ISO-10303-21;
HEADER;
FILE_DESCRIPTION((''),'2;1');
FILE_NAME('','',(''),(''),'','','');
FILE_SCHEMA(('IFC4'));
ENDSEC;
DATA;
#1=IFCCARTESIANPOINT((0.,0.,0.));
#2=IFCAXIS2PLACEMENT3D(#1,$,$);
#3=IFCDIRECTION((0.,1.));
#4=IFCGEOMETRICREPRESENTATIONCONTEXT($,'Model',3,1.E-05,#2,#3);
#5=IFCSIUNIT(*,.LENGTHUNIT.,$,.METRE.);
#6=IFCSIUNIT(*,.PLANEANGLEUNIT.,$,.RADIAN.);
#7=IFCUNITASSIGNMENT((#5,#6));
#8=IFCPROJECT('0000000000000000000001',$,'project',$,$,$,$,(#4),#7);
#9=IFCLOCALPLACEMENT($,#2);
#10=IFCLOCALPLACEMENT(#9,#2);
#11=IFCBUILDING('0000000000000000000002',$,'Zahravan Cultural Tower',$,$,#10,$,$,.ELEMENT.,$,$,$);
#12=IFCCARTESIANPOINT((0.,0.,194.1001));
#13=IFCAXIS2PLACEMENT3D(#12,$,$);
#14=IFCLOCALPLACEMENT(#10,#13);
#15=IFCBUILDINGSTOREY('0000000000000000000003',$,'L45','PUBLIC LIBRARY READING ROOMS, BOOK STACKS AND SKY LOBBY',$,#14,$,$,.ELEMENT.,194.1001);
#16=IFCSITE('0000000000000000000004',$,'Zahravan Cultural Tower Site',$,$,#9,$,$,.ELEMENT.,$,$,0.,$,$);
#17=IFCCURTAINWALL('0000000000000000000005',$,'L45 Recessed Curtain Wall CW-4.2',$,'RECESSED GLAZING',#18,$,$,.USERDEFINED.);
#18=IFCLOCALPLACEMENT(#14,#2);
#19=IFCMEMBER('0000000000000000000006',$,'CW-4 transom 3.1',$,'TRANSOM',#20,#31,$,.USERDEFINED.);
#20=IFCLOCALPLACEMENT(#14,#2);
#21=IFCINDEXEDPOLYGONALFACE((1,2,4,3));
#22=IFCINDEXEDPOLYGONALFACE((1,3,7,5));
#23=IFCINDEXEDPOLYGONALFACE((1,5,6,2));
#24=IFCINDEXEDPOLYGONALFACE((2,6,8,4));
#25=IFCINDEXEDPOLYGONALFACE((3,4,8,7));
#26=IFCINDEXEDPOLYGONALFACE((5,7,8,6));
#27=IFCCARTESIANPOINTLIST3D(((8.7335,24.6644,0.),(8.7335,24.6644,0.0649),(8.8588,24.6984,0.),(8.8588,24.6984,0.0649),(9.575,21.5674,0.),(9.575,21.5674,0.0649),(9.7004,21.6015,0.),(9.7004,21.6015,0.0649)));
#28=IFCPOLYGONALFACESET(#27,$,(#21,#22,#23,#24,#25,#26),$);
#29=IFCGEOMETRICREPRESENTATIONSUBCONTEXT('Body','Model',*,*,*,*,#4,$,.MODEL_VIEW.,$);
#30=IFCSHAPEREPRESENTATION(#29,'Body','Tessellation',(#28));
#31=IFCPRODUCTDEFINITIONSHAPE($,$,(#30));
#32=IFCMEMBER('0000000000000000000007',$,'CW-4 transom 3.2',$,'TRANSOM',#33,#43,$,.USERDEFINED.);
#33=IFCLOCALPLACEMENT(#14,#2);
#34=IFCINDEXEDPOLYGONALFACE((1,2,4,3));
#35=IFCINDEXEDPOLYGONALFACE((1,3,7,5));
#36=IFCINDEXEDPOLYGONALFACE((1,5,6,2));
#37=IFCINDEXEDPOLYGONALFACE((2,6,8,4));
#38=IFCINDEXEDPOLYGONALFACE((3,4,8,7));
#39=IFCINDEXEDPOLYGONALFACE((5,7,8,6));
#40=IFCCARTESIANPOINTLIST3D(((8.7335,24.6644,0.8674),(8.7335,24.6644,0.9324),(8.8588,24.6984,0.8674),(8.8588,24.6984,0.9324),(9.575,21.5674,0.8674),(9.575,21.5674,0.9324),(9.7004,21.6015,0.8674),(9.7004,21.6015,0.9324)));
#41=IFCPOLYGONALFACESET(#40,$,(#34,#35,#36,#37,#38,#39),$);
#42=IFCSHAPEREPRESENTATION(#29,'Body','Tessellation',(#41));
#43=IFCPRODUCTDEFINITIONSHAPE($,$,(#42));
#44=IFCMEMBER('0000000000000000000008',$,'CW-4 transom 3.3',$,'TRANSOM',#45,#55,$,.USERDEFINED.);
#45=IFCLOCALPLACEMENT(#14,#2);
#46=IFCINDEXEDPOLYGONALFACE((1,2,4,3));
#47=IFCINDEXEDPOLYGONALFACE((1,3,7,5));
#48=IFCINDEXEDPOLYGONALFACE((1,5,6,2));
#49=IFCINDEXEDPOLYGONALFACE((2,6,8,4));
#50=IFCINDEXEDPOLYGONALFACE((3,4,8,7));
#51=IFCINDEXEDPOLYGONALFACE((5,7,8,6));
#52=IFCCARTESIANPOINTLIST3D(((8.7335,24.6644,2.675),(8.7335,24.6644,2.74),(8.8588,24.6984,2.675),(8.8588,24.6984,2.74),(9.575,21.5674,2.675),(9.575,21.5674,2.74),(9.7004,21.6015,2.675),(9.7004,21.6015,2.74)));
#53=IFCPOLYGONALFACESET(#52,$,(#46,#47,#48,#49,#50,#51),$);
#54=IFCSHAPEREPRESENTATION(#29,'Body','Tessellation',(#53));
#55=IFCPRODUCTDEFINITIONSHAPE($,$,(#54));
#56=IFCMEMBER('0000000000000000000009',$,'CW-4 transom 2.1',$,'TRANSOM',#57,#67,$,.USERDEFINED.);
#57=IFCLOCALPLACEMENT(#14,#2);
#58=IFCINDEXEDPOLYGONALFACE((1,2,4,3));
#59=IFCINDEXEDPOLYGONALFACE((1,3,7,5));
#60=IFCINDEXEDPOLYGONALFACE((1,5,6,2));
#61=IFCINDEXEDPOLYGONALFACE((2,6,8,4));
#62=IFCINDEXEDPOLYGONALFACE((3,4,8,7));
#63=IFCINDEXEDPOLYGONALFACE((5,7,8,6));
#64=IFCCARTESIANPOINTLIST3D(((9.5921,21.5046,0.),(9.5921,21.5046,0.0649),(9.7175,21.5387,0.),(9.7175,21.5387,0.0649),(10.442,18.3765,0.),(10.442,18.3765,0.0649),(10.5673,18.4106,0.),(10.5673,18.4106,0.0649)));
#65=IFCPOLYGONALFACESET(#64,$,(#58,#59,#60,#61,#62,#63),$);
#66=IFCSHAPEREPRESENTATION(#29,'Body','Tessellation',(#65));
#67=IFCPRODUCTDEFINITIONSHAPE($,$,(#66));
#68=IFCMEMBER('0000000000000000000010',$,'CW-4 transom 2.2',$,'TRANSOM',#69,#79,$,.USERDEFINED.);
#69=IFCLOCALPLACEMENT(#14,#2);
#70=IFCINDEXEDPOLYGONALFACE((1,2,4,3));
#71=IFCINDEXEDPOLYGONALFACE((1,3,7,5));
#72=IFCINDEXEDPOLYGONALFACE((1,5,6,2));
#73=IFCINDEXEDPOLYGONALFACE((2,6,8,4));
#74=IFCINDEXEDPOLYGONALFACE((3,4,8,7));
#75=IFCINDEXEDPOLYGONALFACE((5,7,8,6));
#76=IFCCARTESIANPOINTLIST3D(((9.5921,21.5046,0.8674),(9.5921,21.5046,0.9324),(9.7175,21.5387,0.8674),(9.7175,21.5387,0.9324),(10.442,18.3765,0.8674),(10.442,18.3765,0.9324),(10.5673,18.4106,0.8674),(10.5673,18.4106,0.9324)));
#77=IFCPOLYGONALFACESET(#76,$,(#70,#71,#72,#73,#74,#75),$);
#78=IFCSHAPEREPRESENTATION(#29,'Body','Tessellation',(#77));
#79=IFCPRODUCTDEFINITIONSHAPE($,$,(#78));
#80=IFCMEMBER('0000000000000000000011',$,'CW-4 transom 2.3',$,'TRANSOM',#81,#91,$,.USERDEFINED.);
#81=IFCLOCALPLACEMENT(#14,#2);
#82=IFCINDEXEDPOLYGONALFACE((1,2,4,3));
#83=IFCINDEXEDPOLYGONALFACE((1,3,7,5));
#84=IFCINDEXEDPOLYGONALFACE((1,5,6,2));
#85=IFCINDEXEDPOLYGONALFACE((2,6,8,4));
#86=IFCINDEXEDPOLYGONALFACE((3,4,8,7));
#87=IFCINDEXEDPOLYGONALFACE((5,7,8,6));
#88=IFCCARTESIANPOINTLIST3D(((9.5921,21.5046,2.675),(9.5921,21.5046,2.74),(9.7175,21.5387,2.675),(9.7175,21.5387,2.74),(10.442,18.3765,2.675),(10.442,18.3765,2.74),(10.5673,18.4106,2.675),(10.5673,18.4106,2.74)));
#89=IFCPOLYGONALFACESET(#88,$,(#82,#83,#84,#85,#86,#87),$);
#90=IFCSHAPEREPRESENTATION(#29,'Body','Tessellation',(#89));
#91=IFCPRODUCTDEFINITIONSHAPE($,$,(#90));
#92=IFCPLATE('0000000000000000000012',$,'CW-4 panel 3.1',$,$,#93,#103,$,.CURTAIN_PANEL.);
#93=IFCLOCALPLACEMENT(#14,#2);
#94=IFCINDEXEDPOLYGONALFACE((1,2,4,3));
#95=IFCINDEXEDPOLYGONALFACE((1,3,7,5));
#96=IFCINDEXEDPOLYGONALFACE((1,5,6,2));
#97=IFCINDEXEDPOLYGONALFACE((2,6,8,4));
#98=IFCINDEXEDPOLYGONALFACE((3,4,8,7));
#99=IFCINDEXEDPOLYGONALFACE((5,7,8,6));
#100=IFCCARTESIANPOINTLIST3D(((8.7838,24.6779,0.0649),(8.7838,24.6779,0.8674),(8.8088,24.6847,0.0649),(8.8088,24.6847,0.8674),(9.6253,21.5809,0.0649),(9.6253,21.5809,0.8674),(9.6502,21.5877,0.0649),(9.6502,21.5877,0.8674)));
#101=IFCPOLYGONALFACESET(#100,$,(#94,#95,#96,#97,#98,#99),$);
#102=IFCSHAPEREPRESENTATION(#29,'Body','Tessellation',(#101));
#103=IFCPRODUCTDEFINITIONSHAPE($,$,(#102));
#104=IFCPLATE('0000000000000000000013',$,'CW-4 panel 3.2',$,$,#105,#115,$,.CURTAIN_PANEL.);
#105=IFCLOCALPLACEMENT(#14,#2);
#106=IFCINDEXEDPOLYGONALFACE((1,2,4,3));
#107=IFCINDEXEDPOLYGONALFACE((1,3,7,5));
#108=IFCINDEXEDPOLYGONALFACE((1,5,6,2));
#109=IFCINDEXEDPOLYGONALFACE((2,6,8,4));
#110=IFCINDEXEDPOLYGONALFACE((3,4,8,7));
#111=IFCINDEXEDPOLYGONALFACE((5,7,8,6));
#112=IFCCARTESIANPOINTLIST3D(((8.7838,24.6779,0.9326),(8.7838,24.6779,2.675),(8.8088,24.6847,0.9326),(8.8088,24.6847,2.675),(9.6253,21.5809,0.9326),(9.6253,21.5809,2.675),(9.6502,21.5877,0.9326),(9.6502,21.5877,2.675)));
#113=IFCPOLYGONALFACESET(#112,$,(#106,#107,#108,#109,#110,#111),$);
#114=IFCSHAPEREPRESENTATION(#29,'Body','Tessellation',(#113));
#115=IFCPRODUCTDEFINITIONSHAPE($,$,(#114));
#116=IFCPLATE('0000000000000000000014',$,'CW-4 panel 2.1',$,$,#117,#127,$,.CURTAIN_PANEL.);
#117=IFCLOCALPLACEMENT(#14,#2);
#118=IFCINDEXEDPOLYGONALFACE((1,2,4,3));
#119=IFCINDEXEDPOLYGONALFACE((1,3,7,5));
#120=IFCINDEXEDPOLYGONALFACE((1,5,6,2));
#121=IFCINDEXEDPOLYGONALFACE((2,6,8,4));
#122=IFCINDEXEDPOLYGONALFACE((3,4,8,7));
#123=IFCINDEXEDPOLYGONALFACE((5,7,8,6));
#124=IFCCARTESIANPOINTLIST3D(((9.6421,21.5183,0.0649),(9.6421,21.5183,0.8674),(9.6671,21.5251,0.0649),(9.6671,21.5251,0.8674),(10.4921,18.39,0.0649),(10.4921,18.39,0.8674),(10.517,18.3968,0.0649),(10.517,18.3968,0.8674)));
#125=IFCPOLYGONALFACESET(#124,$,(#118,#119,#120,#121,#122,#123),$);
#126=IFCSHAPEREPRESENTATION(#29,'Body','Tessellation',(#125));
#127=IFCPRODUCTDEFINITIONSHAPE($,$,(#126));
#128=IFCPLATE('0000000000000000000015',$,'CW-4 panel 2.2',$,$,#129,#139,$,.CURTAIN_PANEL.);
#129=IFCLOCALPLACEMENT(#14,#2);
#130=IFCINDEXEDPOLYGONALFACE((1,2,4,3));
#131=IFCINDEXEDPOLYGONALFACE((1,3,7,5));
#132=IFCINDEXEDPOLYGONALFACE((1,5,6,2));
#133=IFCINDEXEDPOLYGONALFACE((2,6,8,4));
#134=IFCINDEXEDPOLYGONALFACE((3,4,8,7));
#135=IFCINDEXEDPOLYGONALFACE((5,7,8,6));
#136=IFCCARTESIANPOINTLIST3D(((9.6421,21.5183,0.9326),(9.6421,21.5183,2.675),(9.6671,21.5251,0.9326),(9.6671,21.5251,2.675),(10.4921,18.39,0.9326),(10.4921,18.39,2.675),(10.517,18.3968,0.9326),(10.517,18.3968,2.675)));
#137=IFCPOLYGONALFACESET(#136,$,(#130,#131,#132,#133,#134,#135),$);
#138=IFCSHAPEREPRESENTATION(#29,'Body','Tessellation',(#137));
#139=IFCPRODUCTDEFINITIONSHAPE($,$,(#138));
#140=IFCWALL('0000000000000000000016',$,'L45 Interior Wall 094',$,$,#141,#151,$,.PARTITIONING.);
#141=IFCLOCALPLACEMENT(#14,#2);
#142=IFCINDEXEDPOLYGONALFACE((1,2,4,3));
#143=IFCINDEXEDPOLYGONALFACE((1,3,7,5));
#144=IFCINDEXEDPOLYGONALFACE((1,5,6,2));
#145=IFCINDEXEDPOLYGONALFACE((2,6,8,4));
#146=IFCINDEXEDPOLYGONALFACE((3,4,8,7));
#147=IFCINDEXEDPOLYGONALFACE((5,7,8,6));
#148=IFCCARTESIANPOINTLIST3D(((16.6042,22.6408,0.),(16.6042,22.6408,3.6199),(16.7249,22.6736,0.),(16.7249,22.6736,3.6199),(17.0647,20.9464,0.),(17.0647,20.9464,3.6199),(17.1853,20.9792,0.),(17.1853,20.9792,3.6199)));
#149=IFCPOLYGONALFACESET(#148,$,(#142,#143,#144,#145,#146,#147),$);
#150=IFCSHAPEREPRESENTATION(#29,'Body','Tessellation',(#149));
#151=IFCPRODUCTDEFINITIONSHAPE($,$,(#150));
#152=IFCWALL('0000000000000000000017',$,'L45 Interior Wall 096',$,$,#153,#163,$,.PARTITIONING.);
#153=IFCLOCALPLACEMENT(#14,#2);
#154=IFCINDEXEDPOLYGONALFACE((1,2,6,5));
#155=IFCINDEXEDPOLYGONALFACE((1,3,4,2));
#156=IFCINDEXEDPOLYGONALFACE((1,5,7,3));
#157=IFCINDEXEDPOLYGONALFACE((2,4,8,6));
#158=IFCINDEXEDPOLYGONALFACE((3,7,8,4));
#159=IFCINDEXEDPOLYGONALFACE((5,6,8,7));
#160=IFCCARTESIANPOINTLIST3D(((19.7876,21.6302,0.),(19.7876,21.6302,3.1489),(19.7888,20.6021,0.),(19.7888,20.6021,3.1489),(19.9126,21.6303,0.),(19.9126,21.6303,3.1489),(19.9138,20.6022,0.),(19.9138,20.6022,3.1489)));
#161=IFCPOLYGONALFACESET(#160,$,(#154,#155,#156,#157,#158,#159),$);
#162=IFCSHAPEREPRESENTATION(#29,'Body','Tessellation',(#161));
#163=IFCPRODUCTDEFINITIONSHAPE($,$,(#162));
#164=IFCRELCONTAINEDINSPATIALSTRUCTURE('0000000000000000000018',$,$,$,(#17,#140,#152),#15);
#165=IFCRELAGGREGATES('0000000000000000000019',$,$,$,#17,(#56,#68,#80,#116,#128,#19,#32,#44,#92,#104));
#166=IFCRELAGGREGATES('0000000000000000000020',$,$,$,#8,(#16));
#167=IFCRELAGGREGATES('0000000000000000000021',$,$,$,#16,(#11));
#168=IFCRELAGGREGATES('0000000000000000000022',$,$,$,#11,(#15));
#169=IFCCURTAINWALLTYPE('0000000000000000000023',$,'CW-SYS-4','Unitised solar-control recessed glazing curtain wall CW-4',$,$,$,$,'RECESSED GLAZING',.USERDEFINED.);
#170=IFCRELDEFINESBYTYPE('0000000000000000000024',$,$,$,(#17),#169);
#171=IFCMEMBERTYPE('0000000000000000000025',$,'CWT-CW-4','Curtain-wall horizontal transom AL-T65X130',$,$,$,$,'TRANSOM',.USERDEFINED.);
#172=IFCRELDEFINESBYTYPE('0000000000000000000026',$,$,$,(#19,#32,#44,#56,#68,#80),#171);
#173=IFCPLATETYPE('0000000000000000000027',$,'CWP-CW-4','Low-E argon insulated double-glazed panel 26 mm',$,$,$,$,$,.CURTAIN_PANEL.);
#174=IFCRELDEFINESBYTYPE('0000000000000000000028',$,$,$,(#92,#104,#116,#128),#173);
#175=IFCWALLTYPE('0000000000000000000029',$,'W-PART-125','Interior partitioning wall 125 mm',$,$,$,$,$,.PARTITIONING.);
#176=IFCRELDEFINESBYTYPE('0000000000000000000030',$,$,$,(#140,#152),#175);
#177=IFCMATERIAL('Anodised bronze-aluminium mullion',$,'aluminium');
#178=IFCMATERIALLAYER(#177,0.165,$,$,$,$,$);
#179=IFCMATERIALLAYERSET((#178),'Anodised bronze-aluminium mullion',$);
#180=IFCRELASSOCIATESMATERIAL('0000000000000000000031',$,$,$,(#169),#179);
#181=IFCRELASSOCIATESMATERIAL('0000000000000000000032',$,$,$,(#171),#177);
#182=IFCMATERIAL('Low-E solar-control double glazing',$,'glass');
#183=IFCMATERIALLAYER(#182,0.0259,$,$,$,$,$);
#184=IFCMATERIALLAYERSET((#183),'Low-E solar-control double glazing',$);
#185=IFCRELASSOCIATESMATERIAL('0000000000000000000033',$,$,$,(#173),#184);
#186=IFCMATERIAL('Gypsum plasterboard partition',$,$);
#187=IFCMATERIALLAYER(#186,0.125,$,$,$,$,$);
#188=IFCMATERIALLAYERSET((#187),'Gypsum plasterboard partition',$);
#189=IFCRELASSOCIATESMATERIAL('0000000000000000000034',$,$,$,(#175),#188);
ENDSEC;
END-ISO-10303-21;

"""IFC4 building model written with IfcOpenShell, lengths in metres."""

from ifc_helpers import new_model, si_unit, direction, frame, frame_2d, origin, origin_2d, place, context, subcontext, project, spatial, rectangle, extrude, source, transform, mapped, material, layer, layer_set, material_profile, profile_set, type_object, element, aggregate, save


model = new_model("IFC4")

# Units and contexts
model_context = context("Model", 3, precision=1e-05, world=origin(), true_north=direction((0.0, 1.0)))
body_context = subcontext(model_context, "Body", "Model", "MODEL_VIEW")
ifc_project = project(units=[si_unit("LENGTHUNIT", "METRE"), si_unit("PLANEANGLEUNIT", "RADIAN")], contexts=[model_context])

# Site, building, storey
site_placement = place(None, origin())
site = spatial("IfcSite", under=ifc_project, at=site_placement, Name="Zahravan Cultural Tower Site", CompositionType="ELEMENT", RefElevation=0.0)
building_placement = place(site_placement, origin())
building = spatial("IfcBuilding", under=site, at=building_placement, Name="Zahravan Cultural Tower", CompositionType="ELEMENT")
storey_placement = place(building_placement, frame((0.0, 0.0, 194.1001)))
storey = spatial("IfcBuildingStorey", under=building, at=storey_placement, Name="L45", Description="PUBLIC LIBRARY READING ROOMS, BOOK STACKS AND SKY LOBBY", CompositionType="ELEMENT", Elevation=194.1001)

# Curtain wall, members, plates
ifc_material_1 = material(Name="Anodised bronze-aluminium mullion", Category="aluminium")
ifc_layer_1 = layer(ifc_material_1, 0.165)
ifc_layer_set_1 = layer_set([ifc_layer_1], Name="Anodised bronze-aluminium mullion")
curtain_wall_type = type_object("IfcCurtainWallType", Name="CW-SYS-4", Description="Unitised solar-control recessed glazing curtain wall CW-4", ElementType="RECESSED GLAZING", PredefinedType="USERDEFINED", material=ifc_layer_set_1)
curtain_wall_placement = place(storey_placement, origin())
curtain_wall = element("IfcCurtainWall", 1, at=curtain_wall_placement, inside=storey, type_object=curtain_wall_type, Name="L45 Recessed Curtain Wall CW-4.2", ObjectType="RECESSED GLAZING", PredefinedType="USERDEFINED")
ifc_material_profile_1 = material_profile(ifc_material_1, rectangle(XDim=0.1299, YDim=0.0649, at=origin_2d()), Name="AL-T65X130")
ifc_profile_set_1 = profile_set([ifc_material_profile_1], Name="Anodised bronze-aluminium mullion")
member_type_1 = type_object("IfcMemberType", Name="CWT-CW-4", Description="Curtain-wall horizontal transom AL-T65X130", ElementType="TRANSOM", PredefinedType="USERDEFINED", material=ifc_profile_set_1)
shared_shape_1 = source(origin(), body_context, "Body", "SweptSolid", [
    extrude(rectangle(XDim=0.1299, YDim=0.0649, at=origin_2d()), origin(), (0.0, 0.0, 1.0), 3.2092),
])
member_1_placement = place(storey_placement, frame((9.6377, 21.5845, 0.0325), z_axis=(-0.262229, 0.965006, 0.0), x_axis=(-0.965006, -0.262229, 0.0)))
member_1 = element("IfcMember", 2, at=member_1_placement, type_object=member_type_1, Name="CW-4 transom 3.1", ObjectType="TRANSOM", PredefinedType="USERDEFINED", context=body_context, shape_type="MappedRepresentation", body=[
    mapped(shared_shape_1, transform((0.0, 0.0, 0.0), x_axis=(1.0, 0.0, 0.0), y_axis=(0.0, 1.0, 0.0), z_axis=(0.0, 0.0, 1.0), scale=1.0)),
])
member_2_placement = place(storey_placement, frame((9.6377, 21.5845, 0.8999), z_axis=(-0.262229, 0.965006, 0.0), x_axis=(-0.965006, -0.262229, 0.0)))
member_2 = element("IfcMember", 3, at=member_2_placement, type_object=member_type_1, Name="CW-4 transom 3.2", ObjectType="TRANSOM", PredefinedType="USERDEFINED", context=body_context, shape_type="MappedRepresentation", body=[
    mapped(shared_shape_1, transform((0.0, 0.0, 0.0), x_axis=(1.0, 0.0, 0.0), y_axis=(0.0, 1.0, 0.0), z_axis=(0.0, 0.0, 1.0), scale=1.0)),
])
member_3_placement = place(storey_placement, frame((9.6377, 21.5845, 2.7075), z_axis=(-0.262229, 0.965006, 0.0), x_axis=(-0.965006, -0.262229, 0.0)))
member_3 = element("IfcMember", 4, at=member_3_placement, type_object=member_type_1, Name="CW-4 transom 3.3", ObjectType="TRANSOM", PredefinedType="USERDEFINED", context=body_context, shape_type="MappedRepresentation", body=[
    mapped(shared_shape_1, transform((0.0, 0.0, 0.0), x_axis=(1.0, 0.0, 0.0), y_axis=(0.0, 1.0, 0.0), z_axis=(0.0, 0.0, 1.0), scale=1.0)),
])
shared_shape_2 = source(origin(), body_context, "Body", "SweptSolid", [
    extrude(rectangle(XDim=0.1299, YDim=0.0649, at=origin_2d()), origin(), (0.0, 0.0, 1.0), 3.2415),
])
member_4_placement = place(storey_placement, frame((10.5046, 18.3936, 0.0325), z_axis=(-0.262174, 0.965021, 0.0), x_axis=(-0.965021, -0.262174, 0.0)))
member_4 = element("IfcMember", 5, at=member_4_placement, type_object=member_type_1, Name="CW-4 transom 2.1", ObjectType="TRANSOM", PredefinedType="USERDEFINED", context=body_context, shape_type="MappedRepresentation", body=[
    mapped(shared_shape_2, transform((0.0, 0.0, 0.0), x_axis=(1.0, 0.0, 0.0), y_axis=(0.0, 1.0, 0.0), z_axis=(0.0, 0.0, 1.0), scale=1.0)),
])
member_5_placement = place(storey_placement, frame((10.5046, 18.3936, 0.8999), z_axis=(-0.262174, 0.965021, 0.0), x_axis=(-0.965021, -0.262174, 0.0)))
member_5 = element("IfcMember", 6, at=member_5_placement, type_object=member_type_1, Name="CW-4 transom 2.2", ObjectType="TRANSOM", PredefinedType="USERDEFINED", context=body_context, shape_type="MappedRepresentation", body=[
    mapped(shared_shape_2, transform((0.0, 0.0, 0.0), x_axis=(1.0, 0.0, 0.0), y_axis=(0.0, 1.0, 0.0), z_axis=(0.0, 0.0, 1.0), scale=1.0)),
])
member_6_placement = place(storey_placement, frame((10.5046, 18.3936, 2.7075), z_axis=(-0.262174, 0.965021, 0.0), x_axis=(-0.965021, -0.262174, 0.0)))
member_6 = element("IfcMember", 7, at=member_6_placement, type_object=member_type_1, Name="CW-4 transom 2.3", ObjectType="TRANSOM", PredefinedType="USERDEFINED", context=body_context, shape_type="MappedRepresentation", body=[
    mapped(shared_shape_2, transform((0.0, 0.0, 0.0), x_axis=(1.0, 0.0, 0.0), y_axis=(0.0, 1.0, 0.0), z_axis=(0.0, 0.0, 1.0), scale=1.0)),
])
ifc_material_2 = material(Name="Low-E solar-control double glazing", Category="glass")
ifc_layer_2 = layer(ifc_material_2, 0.0259)
ifc_layer_set_2 = layer_set([ifc_layer_2], Name="Low-E solar-control double glazing")
plate_type = type_object("IfcPlateType", Name="CWP-CW-4", Description="Low-E argon insulated double-glazed panel 26 mm", PredefinedType="CURTAIN_PANEL", material=ifc_layer_set_2)
shared_shape_3 = source(origin(), body_context, "Body", "SweptSolid", [
    extrude(rectangle(XDim=3.2092, YDim=0.0259, at=origin_2d()), origin(), (0.0, 0.0, 1.0), 0.8025),
])
plate_1_placement = place(storey_placement, frame((9.217, 23.1328, 0.0649), z_axis=(0.0, 0.0, 1.0), x_axis=(-0.262187, 0.965017, 0.0)))
plate_1 = element("IfcPlate", 8, at=plate_1_placement, type_object=plate_type, Name="CW-4 panel 3.1", PredefinedType="CURTAIN_PANEL", context=body_context, shape_type="MappedRepresentation", body=[
    mapped(shared_shape_3, transform((0.0, 0.0, 0.0), x_axis=(1.0, 0.0, 0.0), y_axis=(0.0, 1.0, 0.0), z_axis=(0.0, 0.0, 1.0), scale=1.0)),
])
shared_shape_4 = source(origin(), body_context, "Body", "SweptSolid", [
    extrude(rectangle(XDim=3.2092, YDim=0.0259, at=origin_2d()), origin(), (0.0, 0.0, 1.0), 1.7424),
])
plate_2_placement = place(storey_placement, frame((9.217, 23.1328, 0.9326), z_axis=(0.0, 0.0, 1.0), x_axis=(-0.262187, 0.965017, 0.0)))
plate_2 = element("IfcPlate", 9, at=plate_2_placement, type_object=plate_type, Name="CW-4 panel 3.2", PredefinedType="CURTAIN_PANEL", context=body_context, shape_type="MappedRepresentation", body=[
    mapped(shared_shape_4, transform((0.0, 0.0, 0.0), x_axis=(1.0, 0.0, 0.0), y_axis=(0.0, 1.0, 0.0), z_axis=(0.0, 0.0, 1.0), scale=1.0)),
])
shared_shape_5 = source(origin(), body_context, "Body", "SweptSolid", [
    extrude(rectangle(XDim=3.2417, YDim=0.0259, at=origin_2d()), origin(), (0.0, 0.0, 1.0), 0.8025),
])
plate_3_placement = place(storey_placement, frame((10.0796, 19.9575, 0.0649), z_axis=(0.0, 0.0, 1.0), x_axis=(-0.262187, 0.965017, 0.0)))
plate_3 = element("IfcPlate", 10, at=plate_3_placement, type_object=plate_type, Name="CW-4 panel 2.1", PredefinedType="CURTAIN_PANEL", context=body_context, shape_type="MappedRepresentation", body=[
    mapped(shared_shape_5, transform((0.0, 0.0, 0.0), x_axis=(1.0, 0.0, 0.0), y_axis=(0.0, 1.0, 0.0), z_axis=(0.0, 0.0, 1.0), scale=1.0)),
])
shared_shape_6 = source(origin(), body_context, "Body", "SweptSolid", [
    extrude(rectangle(XDim=3.2417, YDim=0.0259, at=origin_2d()), origin(), (0.0, 0.0, 1.0), 1.7424),
])
plate_4_placement = place(storey_placement, frame((10.0796, 19.9575, 0.9326), z_axis=(0.0, 0.0, 1.0), x_axis=(-0.262187, 0.965017, 0.0)))
plate_4 = element("IfcPlate", 11, at=plate_4_placement, type_object=plate_type, Name="CW-4 panel 2.2", PredefinedType="CURTAIN_PANEL", context=body_context, shape_type="MappedRepresentation", body=[
    mapped(shared_shape_6, transform((0.0, 0.0, 0.0), x_axis=(1.0, 0.0, 0.0), y_axis=(0.0, 1.0, 0.0), z_axis=(0.0, 0.0, 1.0), scale=1.0)),
])
aggregate(curtain_wall, [member_4, member_5, member_6, plate_3, plate_4, member_1, member_2, member_3, plate_1, plate_2])

# Shared definitions
ifc_material_3 = material(Name="Gypsum plasterboard partition")
ifc_layer_3 = layer(ifc_material_3, 0.125)
ifc_layer_set_3 = layer_set([ifc_layer_3], Name="Gypsum plasterboard partition")
wall_type = type_object("IfcWallType", Name="W-PART-125", Description="Interior partitioning wall 125 mm", PredefinedType="PARTITIONING", material=ifc_layer_set_3)

# Walls
shared_shape_7 = source(origin(), body_context, "Body", "SweptSolid", [
    extrude(rectangle(XDim=1.7559, YDim=0.125, at=frame_2d((0.8779, 0.0))), origin(), (0.0, 0.0, 1.0), 3.6199),
])
wall_1_placement = place(storey_placement, frame((16.6646, 22.6572, 0.0), z_axis=(0.0, 0.0, 1.0), x_axis=(0.262247, -0.965001, 0.0)))
element("IfcWall", 12, at=wall_1_placement, inside=storey, type_object=wall_type, Name="L45 Interior Wall 094", PredefinedType="PARTITIONING", context=body_context, shape_type="MappedRepresentation", body=[
    mapped(shared_shape_7, transform((0.0, 0.0, 0.0), x_axis=(1.0, 0.0, 0.0), y_axis=(0.0, 1.0, 0.0), z_axis=(0.0, 0.0, 1.0), scale=1.0)),
])
shared_shape_8 = source(origin(), body_context, "Body", "SweptSolid", [
    extrude(rectangle(XDim=1.0281, YDim=0.125, at=frame_2d((0.5142, 0.0))), origin(), (0.0, 0.0, 1.0), 3.1489),
])
wall_2_placement = place(storey_placement, frame((19.8501, 21.6304, 0.0), z_axis=(0.0, 0.0, 1.0), x_axis=(0.001187, -0.999999, 0.0)))
element("IfcWall", 13, at=wall_2_placement, inside=storey, type_object=wall_type, Name="L45 Interior Wall 096", PredefinedType="PARTITIONING", context=body_context, shape_type="MappedRepresentation", body=[
    mapped(shared_shape_8, transform((0.0, 0.0, 0.0), x_axis=(1.0, 0.0, 0.0), y_axis=(0.0, 1.0, 0.0), z_axis=(0.0, 0.0, 1.0), scale=1.0)),
])

save(model, "model.ifc")
